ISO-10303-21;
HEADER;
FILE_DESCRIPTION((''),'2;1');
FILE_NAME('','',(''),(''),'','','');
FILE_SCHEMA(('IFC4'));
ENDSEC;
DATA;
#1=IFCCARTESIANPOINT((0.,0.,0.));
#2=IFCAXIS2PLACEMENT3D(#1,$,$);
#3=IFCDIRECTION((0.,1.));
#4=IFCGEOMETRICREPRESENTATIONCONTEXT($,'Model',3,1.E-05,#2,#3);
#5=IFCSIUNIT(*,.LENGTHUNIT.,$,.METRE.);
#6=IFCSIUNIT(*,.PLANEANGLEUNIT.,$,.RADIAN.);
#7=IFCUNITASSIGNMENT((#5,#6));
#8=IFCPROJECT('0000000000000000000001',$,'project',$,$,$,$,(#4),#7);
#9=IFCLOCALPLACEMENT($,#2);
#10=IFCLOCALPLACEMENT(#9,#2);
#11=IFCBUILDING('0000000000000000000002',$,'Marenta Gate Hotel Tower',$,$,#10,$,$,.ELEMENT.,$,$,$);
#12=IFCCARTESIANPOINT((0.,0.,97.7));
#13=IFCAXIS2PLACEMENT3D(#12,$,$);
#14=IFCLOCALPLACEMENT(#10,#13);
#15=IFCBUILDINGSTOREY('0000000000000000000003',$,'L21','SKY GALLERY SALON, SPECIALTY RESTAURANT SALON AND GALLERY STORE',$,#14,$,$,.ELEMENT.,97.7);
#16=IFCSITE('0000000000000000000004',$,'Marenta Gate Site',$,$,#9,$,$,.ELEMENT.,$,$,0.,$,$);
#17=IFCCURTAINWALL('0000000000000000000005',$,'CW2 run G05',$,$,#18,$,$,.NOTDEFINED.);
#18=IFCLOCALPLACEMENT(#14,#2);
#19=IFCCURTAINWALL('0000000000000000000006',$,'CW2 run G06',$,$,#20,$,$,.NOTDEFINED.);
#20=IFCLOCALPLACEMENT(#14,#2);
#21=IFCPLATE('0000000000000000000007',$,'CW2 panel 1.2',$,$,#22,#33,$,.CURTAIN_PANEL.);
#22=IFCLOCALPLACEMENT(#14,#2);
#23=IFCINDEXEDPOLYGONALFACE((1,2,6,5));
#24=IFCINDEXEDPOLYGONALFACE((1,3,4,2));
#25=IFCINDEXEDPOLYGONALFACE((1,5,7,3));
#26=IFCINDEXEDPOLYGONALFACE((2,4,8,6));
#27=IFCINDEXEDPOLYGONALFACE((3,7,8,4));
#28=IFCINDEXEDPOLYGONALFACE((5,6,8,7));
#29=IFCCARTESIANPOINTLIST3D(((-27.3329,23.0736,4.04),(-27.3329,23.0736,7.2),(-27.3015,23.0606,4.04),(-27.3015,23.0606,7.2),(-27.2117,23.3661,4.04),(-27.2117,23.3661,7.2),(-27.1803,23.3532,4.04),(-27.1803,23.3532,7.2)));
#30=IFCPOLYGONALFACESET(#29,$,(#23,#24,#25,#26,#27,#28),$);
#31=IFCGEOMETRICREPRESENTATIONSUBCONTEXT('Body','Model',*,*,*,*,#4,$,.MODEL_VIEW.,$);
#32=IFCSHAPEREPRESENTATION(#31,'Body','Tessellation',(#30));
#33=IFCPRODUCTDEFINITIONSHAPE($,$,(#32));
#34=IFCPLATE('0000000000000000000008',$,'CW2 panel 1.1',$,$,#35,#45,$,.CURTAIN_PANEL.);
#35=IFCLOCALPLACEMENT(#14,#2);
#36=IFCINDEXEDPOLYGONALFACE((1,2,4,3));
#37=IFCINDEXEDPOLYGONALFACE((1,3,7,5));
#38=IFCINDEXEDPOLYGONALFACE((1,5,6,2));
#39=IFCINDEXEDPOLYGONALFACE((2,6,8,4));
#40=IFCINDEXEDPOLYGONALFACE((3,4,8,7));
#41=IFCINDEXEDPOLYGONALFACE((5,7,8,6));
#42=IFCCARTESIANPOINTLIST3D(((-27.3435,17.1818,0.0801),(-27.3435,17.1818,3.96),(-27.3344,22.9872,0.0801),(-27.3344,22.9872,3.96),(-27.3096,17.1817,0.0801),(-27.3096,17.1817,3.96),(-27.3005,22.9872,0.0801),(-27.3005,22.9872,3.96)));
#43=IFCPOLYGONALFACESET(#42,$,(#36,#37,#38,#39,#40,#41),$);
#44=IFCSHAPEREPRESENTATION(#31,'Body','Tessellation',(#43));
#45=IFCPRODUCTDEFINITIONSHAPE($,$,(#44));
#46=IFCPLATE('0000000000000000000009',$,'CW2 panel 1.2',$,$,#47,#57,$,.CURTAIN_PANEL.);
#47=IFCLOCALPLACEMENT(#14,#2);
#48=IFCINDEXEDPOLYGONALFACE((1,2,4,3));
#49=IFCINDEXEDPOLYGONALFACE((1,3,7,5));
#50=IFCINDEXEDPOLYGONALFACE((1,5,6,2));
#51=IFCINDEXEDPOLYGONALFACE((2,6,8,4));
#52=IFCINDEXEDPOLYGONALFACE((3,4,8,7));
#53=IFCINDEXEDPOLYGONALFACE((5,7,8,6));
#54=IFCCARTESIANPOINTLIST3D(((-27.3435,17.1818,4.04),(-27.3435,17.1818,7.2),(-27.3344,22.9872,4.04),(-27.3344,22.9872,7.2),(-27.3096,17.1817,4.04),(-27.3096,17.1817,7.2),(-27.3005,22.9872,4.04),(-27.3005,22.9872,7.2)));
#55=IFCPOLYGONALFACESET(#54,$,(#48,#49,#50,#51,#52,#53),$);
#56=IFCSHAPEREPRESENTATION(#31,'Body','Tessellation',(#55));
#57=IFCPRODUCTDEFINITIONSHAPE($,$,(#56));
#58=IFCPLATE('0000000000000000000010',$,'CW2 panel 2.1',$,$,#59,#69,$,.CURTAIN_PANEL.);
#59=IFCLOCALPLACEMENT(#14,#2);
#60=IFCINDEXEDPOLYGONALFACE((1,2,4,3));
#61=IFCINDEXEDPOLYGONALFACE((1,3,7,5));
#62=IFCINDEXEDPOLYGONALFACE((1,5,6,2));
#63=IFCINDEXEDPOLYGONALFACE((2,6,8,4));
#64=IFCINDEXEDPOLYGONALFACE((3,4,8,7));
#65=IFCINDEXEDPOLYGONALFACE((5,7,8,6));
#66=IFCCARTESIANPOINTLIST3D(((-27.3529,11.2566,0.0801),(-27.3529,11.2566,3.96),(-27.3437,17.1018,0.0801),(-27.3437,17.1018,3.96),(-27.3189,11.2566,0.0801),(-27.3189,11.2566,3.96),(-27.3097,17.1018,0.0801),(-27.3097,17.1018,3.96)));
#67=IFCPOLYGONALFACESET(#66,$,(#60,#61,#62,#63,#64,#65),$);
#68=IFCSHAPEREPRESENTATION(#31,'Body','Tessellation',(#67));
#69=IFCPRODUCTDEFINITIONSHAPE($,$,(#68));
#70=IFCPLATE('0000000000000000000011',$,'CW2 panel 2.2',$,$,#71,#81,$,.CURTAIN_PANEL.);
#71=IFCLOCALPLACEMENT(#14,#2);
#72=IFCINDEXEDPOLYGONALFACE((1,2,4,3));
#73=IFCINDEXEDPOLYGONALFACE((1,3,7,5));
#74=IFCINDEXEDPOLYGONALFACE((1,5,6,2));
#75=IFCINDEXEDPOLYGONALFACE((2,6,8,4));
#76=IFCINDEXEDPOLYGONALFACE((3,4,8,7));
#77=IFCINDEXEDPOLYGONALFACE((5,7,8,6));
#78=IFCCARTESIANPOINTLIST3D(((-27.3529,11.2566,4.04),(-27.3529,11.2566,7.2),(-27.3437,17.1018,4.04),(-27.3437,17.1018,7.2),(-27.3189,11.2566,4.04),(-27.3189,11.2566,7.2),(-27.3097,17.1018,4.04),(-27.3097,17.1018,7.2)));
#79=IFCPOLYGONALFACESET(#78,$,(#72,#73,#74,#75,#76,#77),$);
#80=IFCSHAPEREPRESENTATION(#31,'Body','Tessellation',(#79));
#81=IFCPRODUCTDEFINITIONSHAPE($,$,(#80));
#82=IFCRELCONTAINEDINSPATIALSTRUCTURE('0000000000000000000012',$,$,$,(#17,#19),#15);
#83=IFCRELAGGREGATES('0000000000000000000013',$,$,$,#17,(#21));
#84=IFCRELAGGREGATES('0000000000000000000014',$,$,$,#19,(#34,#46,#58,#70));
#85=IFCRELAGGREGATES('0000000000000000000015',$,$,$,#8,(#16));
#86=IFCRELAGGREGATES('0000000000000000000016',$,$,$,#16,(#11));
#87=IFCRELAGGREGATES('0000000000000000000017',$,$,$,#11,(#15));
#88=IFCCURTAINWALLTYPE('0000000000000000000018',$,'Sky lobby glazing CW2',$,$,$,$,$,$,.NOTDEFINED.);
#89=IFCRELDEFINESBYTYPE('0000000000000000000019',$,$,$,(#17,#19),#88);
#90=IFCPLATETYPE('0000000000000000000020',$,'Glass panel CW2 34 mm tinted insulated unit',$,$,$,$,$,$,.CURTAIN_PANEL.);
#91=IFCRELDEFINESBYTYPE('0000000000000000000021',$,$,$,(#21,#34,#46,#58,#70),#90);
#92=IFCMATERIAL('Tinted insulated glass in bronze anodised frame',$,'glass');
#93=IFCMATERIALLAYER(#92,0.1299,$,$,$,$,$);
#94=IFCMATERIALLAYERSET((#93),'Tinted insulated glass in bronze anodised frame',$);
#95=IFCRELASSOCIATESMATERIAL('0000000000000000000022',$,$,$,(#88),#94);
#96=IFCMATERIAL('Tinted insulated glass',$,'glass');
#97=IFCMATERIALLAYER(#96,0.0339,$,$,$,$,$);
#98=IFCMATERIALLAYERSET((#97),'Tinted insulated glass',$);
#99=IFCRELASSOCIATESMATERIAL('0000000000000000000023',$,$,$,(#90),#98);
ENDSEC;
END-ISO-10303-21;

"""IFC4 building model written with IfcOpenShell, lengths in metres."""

from ifc_helpers import new_model, si_unit, direction, frame, origin, origin_2d, place, context, subcontext, project, spatial, rectangle, extrude, material, layer, layer_set, type_object, element, aggregate, save


model = new_model("IFC4")

# Units and contexts
model_context = context("Model", 3, precision=1e-05, world=origin(), true_north=direction((0.0, 1.0)))
body_context = subcontext(model_context, "Body", "Model", "MODEL_VIEW")
ifc_project = project(units=[si_unit("LENGTHUNIT", "METRE"), si_unit("PLANEANGLEUNIT", "RADIAN")], contexts=[model_context])

# Site, building, storey
site_placement = place(None, origin())
site = spatial("IfcSite", under=ifc_project, at=site_placement, Name="Marenta Gate Site", CompositionType="ELEMENT", RefElevation=0.0)
building_placement = place(site_placement, origin())
building = spatial("IfcBuilding", under=site, at=building_placement, Name="Marenta Gate Hotel Tower", CompositionType="ELEMENT")
storey_placement = place(building_placement, frame((0.0, 0.0, 97.7)))
storey = spatial("IfcBuildingStorey", under=building, at=storey_placement, Name="L21", Description="SKY GALLERY SALON, SPECIALTY RESTAURANT SALON AND GALLERY STORE", CompositionType="ELEMENT", Elevation=97.7)

# Curtain wall
ifc_material_1 = material(Name="Tinted insulated glass in bronze anodised frame", Category="glass")
ifc_layer_1 = layer(ifc_material_1, 0.1299)
ifc_layer_set_1 = layer_set([ifc_layer_1], Name="Tinted insulated glass in bronze anodised frame")
curtain_wall_type = type_object("IfcCurtainWallType", Name="Sky lobby glazing CW2", PredefinedType="NOTDEFINED", material=ifc_layer_set_1)
curtain_wall_1_placement = place(storey_placement, origin())
curtain_wall_1 = element("IfcCurtainWall", 1, at=curtain_wall_1_placement, inside=storey, type_object=curtain_wall_type, Name="CW2 run G05", PredefinedType="NOTDEFINED")

# Curtain wall
curtain_wall_2_placement = place(storey_placement, origin())
curtain_wall_2 = element("IfcCurtainWall", 2, at=curtain_wall_2_placement, inside=storey, type_object=curtain_wall_type, Name="CW2 run G06", PredefinedType="NOTDEFINED")

# Plates
ifc_material_2 = material(Name="Tinted insulated glass", Category="glass")
ifc_layer_2 = layer(ifc_material_2, 0.0339)
ifc_layer_set_2 = layer_set([ifc_layer_2], Name="Tinted insulated glass")
plate_type = type_object("IfcPlateType", Name="Glass panel CW2 34 mm tinted insulated unit", PredefinedType="CURTAIN_PANEL", material=ifc_layer_set_2)
plate_1_placement = place(storey_placement, frame((-27.2566, 23.2134, 4.04), z_axis=(0.0, 0.0, 1.0), x_axis=(-0.382663, -0.923888, 0.0)))
plate_1 = element("IfcPlate", 3, at=plate_1_placement, type_object=plate_type, Name="CW2 panel 1.2", PredefinedType="CURTAIN_PANEL", context=body_context, shape_type="SweptSolid", body=[
    extrude(rectangle(XDim=0.3167, YDim=0.0339, at=origin_2d()), origin(), (0.0, 0.0, 1.0), 3.1599),
])
aggregate(curtain_wall_1, [plate_1])
plate_2_placement = place(storey_placement, frame((-27.322, 20.0845, 0.0801), z_axis=(0.0, 0.0, 1.0), x_axis=(-0.00157, -0.999999, 0.0)))
plate_2 = element("IfcPlate", 4, at=plate_2_placement, type_object=plate_type, Name="CW2 panel 1.1", PredefinedType="CURTAIN_PANEL", context=body_context, shape_type="SweptSolid", body=[
    extrude(rectangle(XDim=5.8054, YDim=0.0339, at=origin_2d()), origin(), (0.0, 0.0, 1.0), 3.8799),
])
plate_3_placement = place(storey_placement, frame((-27.322, 20.0845, 4.04), z_axis=(0.0, 0.0, 1.0), x_axis=(-0.00157, -0.999999, 0.0)))
plate_3 = element("IfcPlate", 5, at=plate_3_placement, type_object=plate_type, Name="CW2 panel 1.2", PredefinedType="CURTAIN_PANEL", context=body_context, shape_type="SweptSolid", body=[
    extrude(rectangle(XDim=5.8054, YDim=0.0339, at=origin_2d()), origin(), (0.0, 0.0, 1.0), 3.1599),
])
plate_4_placement = place(storey_placement, frame((-27.3313, 14.1792, 0.0801), z_axis=(0.0, 0.0, 1.0), x_axis=(-0.00157, -0.999999, 0.0)))
plate_4 = element("IfcPlate", 6, at=plate_4_placement, type_object=plate_type, Name="CW2 panel 2.1", PredefinedType="CURTAIN_PANEL", context=body_context, shape_type="SweptSolid", body=[
    extrude(rectangle(XDim=5.8452, YDim=0.0339, at=origin_2d()), origin(), (0.0, 0.0, 1.0), 3.8799),
])
plate_5_placement = place(storey_placement, frame((-27.3313, 14.1792, 4.04), z_axis=(0.0, 0.0, 1.0), x_axis=(-0.00157, -0.999999, 0.0)))
plate_5 = element("IfcPlate", 7, at=plate_5_placement, type_object=plate_type, Name="CW2 panel 2.2", PredefinedType="CURTAIN_PANEL", context=body_context, shape_type="SweptSolid", body=[
    extrude(rectangle(XDim=5.8452, YDim=0.0339, at=origin_2d()), origin(), (0.0, 0.0, 1.0), 3.1599),
])
aggregate(curtain_wall_2, [plate_2, plate_3, plate_4, plate_5])

save(model, "model.ifc")
